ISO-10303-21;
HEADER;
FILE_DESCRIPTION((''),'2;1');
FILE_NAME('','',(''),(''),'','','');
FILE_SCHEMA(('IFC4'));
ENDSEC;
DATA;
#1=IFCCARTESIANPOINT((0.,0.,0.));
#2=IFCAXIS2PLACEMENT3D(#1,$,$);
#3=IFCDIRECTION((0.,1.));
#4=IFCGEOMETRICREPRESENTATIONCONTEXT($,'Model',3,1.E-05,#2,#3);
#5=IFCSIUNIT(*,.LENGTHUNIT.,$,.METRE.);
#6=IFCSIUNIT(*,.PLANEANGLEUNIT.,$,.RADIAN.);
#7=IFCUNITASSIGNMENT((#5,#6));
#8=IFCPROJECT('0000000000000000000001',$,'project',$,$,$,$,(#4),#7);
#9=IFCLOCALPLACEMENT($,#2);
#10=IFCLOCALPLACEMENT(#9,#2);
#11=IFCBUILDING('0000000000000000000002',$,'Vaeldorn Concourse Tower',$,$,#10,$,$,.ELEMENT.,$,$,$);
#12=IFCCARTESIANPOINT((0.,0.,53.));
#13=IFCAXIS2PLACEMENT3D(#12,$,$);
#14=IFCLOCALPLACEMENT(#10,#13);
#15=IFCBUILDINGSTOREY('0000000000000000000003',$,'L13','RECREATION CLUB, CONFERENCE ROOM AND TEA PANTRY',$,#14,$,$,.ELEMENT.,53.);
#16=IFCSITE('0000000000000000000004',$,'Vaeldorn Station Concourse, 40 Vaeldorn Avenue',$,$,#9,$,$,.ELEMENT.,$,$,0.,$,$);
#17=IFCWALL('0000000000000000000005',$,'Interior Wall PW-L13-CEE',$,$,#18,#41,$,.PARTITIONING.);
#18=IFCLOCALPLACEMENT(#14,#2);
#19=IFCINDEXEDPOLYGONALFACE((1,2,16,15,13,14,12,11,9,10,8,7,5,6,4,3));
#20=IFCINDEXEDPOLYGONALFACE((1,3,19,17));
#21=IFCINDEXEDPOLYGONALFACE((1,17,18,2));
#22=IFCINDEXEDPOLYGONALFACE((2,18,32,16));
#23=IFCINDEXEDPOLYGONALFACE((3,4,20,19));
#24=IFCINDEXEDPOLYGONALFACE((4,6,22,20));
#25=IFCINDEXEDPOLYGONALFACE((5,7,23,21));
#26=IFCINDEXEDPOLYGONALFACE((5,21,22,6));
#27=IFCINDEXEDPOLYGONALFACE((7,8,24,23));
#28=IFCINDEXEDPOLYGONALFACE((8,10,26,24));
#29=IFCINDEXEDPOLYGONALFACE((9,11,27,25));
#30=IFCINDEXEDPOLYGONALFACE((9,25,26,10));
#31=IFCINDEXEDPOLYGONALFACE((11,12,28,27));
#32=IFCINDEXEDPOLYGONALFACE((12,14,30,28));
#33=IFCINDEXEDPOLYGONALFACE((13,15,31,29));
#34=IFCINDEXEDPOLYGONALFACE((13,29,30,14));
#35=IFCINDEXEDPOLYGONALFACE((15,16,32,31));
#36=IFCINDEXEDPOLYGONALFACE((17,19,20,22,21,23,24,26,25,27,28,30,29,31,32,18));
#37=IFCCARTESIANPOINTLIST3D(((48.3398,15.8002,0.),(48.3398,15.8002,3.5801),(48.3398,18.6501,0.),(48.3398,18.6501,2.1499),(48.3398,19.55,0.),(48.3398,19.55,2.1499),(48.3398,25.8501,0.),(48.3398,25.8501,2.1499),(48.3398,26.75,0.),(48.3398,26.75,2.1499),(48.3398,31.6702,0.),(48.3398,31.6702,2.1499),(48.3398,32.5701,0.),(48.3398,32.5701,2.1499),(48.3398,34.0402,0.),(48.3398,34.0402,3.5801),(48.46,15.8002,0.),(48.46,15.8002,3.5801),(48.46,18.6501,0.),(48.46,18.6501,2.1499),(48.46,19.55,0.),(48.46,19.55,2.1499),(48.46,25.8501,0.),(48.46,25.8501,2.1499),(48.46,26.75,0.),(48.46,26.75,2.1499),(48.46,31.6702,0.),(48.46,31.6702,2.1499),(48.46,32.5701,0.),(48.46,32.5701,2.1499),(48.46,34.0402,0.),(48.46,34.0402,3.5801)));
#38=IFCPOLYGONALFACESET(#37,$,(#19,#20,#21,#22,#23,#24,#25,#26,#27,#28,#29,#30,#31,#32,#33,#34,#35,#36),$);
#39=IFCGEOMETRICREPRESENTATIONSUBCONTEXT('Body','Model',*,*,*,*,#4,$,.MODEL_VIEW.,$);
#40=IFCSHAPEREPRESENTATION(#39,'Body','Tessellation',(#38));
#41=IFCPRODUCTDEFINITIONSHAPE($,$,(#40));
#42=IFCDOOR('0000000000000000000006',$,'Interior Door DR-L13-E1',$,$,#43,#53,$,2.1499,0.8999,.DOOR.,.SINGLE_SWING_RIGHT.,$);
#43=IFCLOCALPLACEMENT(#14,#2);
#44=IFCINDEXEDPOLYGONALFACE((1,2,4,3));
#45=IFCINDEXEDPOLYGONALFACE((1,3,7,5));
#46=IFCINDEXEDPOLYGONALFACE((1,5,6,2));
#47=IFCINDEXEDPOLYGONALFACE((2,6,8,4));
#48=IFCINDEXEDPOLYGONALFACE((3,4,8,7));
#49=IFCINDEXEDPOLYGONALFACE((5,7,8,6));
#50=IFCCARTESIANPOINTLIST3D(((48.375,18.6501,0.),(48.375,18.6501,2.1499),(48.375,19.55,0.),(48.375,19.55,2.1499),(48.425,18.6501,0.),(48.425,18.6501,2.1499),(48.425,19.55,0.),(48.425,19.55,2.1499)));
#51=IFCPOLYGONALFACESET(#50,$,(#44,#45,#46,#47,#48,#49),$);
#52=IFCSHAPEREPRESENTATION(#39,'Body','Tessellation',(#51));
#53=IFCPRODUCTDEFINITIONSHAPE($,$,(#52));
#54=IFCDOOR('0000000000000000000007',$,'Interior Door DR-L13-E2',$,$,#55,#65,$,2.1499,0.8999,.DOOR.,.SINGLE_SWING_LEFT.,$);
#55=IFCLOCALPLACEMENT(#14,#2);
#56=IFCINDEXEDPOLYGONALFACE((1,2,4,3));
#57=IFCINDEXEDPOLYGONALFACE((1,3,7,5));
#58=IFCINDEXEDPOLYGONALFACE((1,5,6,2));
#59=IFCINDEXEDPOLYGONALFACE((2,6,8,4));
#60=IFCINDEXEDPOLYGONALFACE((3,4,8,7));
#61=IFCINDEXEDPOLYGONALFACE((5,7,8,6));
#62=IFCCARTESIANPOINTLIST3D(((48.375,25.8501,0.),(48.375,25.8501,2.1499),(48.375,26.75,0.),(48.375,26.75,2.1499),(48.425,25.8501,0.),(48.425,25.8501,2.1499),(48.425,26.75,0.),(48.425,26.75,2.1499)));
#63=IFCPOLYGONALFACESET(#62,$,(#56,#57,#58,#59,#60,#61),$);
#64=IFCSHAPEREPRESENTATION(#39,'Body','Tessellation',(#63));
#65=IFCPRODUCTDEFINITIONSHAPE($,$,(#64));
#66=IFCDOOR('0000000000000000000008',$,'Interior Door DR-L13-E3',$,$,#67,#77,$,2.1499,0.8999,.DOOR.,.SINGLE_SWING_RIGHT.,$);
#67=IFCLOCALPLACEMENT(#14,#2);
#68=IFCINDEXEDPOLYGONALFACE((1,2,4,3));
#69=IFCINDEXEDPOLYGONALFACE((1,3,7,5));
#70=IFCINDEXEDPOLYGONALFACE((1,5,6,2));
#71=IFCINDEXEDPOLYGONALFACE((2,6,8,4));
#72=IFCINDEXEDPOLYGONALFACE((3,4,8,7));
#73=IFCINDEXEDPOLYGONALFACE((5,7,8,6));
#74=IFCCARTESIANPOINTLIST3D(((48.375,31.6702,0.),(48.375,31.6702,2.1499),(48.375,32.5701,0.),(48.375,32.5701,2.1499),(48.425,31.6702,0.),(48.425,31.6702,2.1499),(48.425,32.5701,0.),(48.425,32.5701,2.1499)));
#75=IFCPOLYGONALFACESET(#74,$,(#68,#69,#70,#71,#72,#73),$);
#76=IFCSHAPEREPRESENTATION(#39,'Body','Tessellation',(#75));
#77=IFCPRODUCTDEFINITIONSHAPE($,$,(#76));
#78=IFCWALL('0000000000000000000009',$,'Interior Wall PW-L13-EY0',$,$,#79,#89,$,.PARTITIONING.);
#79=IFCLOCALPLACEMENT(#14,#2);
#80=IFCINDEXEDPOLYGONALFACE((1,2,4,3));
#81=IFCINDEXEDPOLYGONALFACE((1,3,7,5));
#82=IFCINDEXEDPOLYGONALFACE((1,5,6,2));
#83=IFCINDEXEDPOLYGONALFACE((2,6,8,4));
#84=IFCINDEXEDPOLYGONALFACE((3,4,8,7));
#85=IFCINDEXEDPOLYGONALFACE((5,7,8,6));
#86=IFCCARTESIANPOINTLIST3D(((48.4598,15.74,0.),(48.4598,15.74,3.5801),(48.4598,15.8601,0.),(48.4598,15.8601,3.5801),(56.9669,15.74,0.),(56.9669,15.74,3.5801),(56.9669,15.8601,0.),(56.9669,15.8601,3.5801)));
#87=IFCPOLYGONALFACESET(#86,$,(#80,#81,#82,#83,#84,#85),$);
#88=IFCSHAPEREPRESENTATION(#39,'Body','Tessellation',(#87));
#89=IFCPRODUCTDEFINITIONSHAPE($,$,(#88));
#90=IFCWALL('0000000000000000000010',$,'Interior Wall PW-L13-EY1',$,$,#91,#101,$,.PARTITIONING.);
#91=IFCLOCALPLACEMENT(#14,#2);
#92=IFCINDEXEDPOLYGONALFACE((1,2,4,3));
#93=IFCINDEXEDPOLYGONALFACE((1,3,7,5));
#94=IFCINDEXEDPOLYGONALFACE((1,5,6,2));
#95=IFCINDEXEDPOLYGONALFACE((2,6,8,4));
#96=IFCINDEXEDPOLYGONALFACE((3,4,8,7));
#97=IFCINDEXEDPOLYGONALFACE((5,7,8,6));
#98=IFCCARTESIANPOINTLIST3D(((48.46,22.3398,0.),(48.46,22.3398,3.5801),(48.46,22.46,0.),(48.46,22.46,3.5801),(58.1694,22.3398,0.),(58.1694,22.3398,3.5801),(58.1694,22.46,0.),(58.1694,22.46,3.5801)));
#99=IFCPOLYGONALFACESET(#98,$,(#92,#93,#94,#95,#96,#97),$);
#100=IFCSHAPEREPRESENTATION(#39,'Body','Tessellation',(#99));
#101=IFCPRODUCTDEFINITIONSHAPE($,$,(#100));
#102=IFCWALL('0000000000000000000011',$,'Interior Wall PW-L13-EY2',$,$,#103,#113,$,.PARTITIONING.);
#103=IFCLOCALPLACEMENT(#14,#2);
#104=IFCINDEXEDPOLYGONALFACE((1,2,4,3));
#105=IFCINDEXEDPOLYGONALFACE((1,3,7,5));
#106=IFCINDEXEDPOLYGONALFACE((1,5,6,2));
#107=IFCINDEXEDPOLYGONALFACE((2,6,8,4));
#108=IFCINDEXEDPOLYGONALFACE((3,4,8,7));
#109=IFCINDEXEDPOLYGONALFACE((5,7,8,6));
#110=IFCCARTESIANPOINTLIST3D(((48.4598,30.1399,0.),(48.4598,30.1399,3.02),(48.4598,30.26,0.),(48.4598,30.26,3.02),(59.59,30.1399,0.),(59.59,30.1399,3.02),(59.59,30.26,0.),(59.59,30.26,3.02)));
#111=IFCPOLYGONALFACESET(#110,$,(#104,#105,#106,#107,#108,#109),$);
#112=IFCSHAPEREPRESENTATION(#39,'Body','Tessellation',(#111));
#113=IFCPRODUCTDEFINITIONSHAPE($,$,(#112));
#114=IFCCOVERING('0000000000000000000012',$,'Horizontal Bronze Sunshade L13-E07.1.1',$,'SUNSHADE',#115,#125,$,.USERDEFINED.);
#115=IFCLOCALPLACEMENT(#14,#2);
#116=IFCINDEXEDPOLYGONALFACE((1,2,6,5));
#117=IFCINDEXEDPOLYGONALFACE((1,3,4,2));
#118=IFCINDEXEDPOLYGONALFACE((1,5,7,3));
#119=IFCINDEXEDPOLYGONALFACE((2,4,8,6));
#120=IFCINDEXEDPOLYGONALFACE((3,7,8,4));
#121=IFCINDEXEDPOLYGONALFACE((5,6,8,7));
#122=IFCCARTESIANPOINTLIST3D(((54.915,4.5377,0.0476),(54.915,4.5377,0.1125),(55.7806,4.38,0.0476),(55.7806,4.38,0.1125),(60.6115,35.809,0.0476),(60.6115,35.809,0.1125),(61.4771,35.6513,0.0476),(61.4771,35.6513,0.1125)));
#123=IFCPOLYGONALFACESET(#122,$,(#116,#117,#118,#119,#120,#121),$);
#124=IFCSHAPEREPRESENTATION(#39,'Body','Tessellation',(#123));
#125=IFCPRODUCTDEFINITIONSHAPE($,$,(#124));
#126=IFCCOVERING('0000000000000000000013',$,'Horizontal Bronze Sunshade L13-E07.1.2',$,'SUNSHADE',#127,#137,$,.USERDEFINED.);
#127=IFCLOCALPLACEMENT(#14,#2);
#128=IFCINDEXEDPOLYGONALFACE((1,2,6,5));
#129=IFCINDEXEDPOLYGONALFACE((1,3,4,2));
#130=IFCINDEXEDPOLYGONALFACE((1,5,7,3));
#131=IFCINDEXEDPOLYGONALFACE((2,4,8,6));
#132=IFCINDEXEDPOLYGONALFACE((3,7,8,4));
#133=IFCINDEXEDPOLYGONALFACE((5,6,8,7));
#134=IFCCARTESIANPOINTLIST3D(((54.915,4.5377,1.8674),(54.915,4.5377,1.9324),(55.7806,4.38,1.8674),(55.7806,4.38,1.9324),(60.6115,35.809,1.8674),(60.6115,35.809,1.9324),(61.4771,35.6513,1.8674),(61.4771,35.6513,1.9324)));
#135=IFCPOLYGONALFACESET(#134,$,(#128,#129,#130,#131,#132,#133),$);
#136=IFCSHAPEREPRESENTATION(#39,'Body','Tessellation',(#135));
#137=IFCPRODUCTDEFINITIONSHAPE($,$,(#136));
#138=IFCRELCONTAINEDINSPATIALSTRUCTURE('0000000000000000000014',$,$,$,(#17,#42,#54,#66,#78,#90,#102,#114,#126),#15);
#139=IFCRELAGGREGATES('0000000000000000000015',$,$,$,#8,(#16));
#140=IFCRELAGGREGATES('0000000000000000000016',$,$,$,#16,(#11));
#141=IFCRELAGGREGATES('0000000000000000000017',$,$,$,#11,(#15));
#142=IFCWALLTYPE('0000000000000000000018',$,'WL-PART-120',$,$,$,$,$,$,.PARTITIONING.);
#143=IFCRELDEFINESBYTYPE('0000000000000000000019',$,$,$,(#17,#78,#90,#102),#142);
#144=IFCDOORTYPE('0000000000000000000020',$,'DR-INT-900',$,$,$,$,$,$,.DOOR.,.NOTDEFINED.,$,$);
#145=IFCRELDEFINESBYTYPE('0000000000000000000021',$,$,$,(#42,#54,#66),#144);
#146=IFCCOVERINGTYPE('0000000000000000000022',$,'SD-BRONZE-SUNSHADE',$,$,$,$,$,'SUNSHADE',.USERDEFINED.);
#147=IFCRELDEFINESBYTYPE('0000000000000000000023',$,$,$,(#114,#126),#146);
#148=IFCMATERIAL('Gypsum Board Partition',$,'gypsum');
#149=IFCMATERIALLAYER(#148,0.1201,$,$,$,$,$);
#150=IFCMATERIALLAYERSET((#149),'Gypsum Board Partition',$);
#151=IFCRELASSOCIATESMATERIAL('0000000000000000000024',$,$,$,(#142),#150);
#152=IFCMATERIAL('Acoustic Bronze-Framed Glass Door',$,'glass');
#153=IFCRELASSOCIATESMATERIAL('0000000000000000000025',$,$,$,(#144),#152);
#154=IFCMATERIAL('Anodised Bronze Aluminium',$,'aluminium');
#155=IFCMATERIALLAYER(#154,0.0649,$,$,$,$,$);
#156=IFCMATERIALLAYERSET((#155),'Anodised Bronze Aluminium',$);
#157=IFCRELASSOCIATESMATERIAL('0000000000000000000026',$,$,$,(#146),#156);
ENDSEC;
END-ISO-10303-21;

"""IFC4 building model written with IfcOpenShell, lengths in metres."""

from ifc_helpers import new_model, si_unit, direction, frame, frame_2d, origin, origin_2d, place, context, subcontext, project, spatial, rectangle, extrude, source, transform, mapped, material, layer, layer_set, type_object, element, fill, save


model = new_model("IFC4")

# Units and contexts
model_context = context("Model", 3, precision=1e-05, world=origin(), true_north=direction((0.0, 1.0)))
body_context = subcontext(model_context, "Body", "Model", "MODEL_VIEW")
ifc_project = project(units=[si_unit("LENGTHUNIT", "METRE"), si_unit("PLANEANGLEUNIT", "RADIAN")], contexts=[model_context])

# Site, building, storey
site_placement = place(None, origin())
site = spatial("IfcSite", under=ifc_project, at=site_placement, Name="Vaeldorn Station Concourse, 40 Vaeldorn Avenue", CompositionType="ELEMENT", RefElevation=0.0)
building_placement = place(site_placement, origin())
building = spatial("IfcBuilding", under=site, at=building_placement, Name="Vaeldorn Concourse Tower", CompositionType="ELEMENT")
storey_placement = place(building_placement, frame((0.0, 0.0, 53.0)))
storey = spatial("IfcBuildingStorey", under=building, at=storey_placement, Name="L13", Description="RECREATION CLUB, CONFERENCE ROOM AND TEA PANTRY", CompositionType="ELEMENT", Elevation=53.0)

# Shared definitions
ifc_material_1 = material(Name="Anodised Bronze Aluminium", Category="aluminium")

# Shared definitions
ifc_material_2 = material(Name="Gypsum Board Partition", Category="gypsum")
ifc_layer_1 = layer(ifc_material_2, 0.1201)
ifc_layer_set_1 = layer_set([ifc_layer_1], Name="Gypsum Board Partition")
wall_type = type_object("IfcWallType", Name="WL-PART-120", PredefinedType="PARTITIONING", material=ifc_layer_set_1)

# Shared definitions
ifc_material_3 = material(Name="Acoustic Bronze-Framed Glass Door", Category="glass")
door_type = type_object("IfcDoorType", Name="DR-INT-900", OperationType="NOTDEFINED", PredefinedType="DOOR", material=ifc_material_3)
shared_shape_1 = source(origin(), body_context, "Body", "SweptSolid", [
    extrude(rectangle(XDim=0.8999, YDim=2.1499, at=frame_2d((0.45, 1.075))), frame((0.0, 0.0249, 0.0), z_axis=(0.0, -1.0, 0.0), x_axis=(1.0, 0.0, 0.0)), (0.0, 0.0, 1.0), 0.05),
])

# Wall, openings, doors
wall_1_placement = place(storey_placement, frame((48.3999, 15.8, 0.0), z_axis=(0.0, 0.0, 1.0), x_axis=(0.0, 1.0, 0.0)))
wall_1 = element("IfcWall", 1, at=wall_1_placement, inside=storey, type_object=wall_type, Name="Interior Wall PW-L13-CEE", PredefinedType="PARTITIONING", context=body_context, shape_type="SweptSolid", body=[
    extrude(rectangle(XDim=18.24, YDim=0.1201, at=frame_2d((9.1201, 0.0))), origin(), (0.0, 0.0, 1.0), 3.5801),
])
opening_1_placement = place(wall_1_placement, frame((2.8501, 0.0, 0.0)))
opening_1 = element("IfcOpeningElement", 2, at=opening_1_placement, cuts=wall_1, PredefinedType="OPENING", context=body_context, shape_type="SweptSolid", body=[
    extrude(rectangle(XDim=0.8999, YDim=2.1499, at=frame_2d((0.45, 1.075))), frame((0.0, 0.0701, 0.0), z_axis=(0.0, -1.0, 0.0), x_axis=(1.0, 0.0, 0.0)), (0.0, 0.0, 1.0), 0.1401),
])
opening_2_placement = place(wall_1_placement, frame((10.05, 0.0, 0.0)))
opening_2 = element("IfcOpeningElement", 3, at=opening_2_placement, cuts=wall_1, PredefinedType="OPENING", context=body_context, shape_type="SweptSolid", body=[
    extrude(rectangle(XDim=0.8999, YDim=2.1499, at=frame_2d((0.45, 1.075))), frame((0.0, 0.0701, 0.0), z_axis=(0.0, -1.0, 0.0), x_axis=(1.0, 0.0, 0.0)), (0.0, 0.0, 1.0), 0.1401),
])
opening_3_placement = place(wall_1_placement, frame((15.8701, 0.0, 0.0)))
opening_3 = element("IfcOpeningElement", 4, at=opening_3_placement, cuts=wall_1, PredefinedType="OPENING", context=body_context, shape_type="SweptSolid", body=[
    extrude(rectangle(XDim=0.8999, YDim=2.1499, at=frame_2d((0.45, 1.075))), frame((0.0, 0.0701, 0.0), z_axis=(0.0, -1.0, 0.0), x_axis=(1.0, 0.0, 0.0)), (0.0, 0.0, 1.0), 0.1401),
])
door_1_placement = place(opening_1_placement, origin())
door_1 = element("IfcDoor", 5, at=door_1_placement, inside=storey, type_object=door_type, Name="Interior Door DR-L13-E1", OperationType="SINGLE_SWING_RIGHT", OverallHeight=2.1499, OverallWidth=0.8999, PredefinedType="DOOR", context=body_context, shape_type="MappedRepresentation", body=[
    mapped(shared_shape_1, transform((0.0, 0.0, 0.0), scale=1.0)),
])
fill(opening_1, door_1)
door_2_placement = place(opening_2_placement, origin())
door_2 = element("IfcDoor", 6, at=door_2_placement, inside=storey, type_object=door_type, Name="Interior Door DR-L13-E2", OperationType="SINGLE_SWING_LEFT", OverallHeight=2.1499, OverallWidth=0.8999, PredefinedType="DOOR", context=body_context, shape_type="MappedRepresentation", body=[
    mapped(shared_shape_1, transform((0.0, 0.0, 0.0), scale=1.0)),
])
fill(opening_2, door_2)
door_3_placement = place(opening_3_placement, origin())
door_3 = element("IfcDoor", 7, at=door_3_placement, inside=storey, type_object=door_type, Name="Interior Door DR-L13-E3", OperationType="SINGLE_SWING_RIGHT", OverallHeight=2.1499, OverallWidth=0.8999, PredefinedType="DOOR", context=body_context, shape_type="MappedRepresentation", body=[
    mapped(shared_shape_1, transform((0.0, 0.0, 0.0), scale=1.0)),
])
fill(opening_3, door_3)

# Walls
wall_2_placement = place(storey_placement, frame((48.46, 15.8, 0.0), z_axis=(0.0, 0.0, 1.0), x_axis=(1.0, 0.0, 0.0)))
element("IfcWall", 8, at=wall_2_placement, inside=storey, type_object=wall_type, Name="Interior Wall PW-L13-EY0", PredefinedType="PARTITIONING", context=body_context, shape_type="SweptSolid", body=[
    extrude(rectangle(XDim=8.5071, YDim=0.1201, at=frame_2d((4.2534, 0.0))), origin(), (0.0, 0.0, 1.0), 3.5801),
])
wall_3_placement = place(storey_placement, frame((48.46, 22.3999, 0.0), z_axis=(0.0, 0.0, 1.0), x_axis=(1.0, 0.0, 0.0)))
element("IfcWall", 9, at=wall_3_placement, inside=storey, type_object=wall_type, Name="Interior Wall PW-L13-EY1", PredefinedType="PARTITIONING", context=body_context, shape_type="SweptSolid", body=[
    extrude(rectangle(XDim=9.7095, YDim=0.1201, at=frame_2d((4.8547, 0.0))), origin(), (0.0, 0.0, 1.0), 3.5801),
])
wall_4_placement = place(storey_placement, frame((48.46, 30.2, 0.0), z_axis=(0.0, 0.0, 1.0), x_axis=(1.0, 0.0, 0.0)))
element("IfcWall", 10, at=wall_4_placement, inside=storey, type_object=wall_type, Name="Interior Wall PW-L13-EY2", PredefinedType="PARTITIONING", context=body_context, shape_type="SweptSolid", body=[
    extrude(rectangle(XDim=11.1301, YDim=0.1201, at=frame_2d((5.5649, 0.0))), origin(), (0.0, 0.0, 1.0), 3.02),
])

# Coverings
ifc_layer_2 = layer(ifc_material_1, 0.0649)
ifc_layer_set_2 = layer_set([ifc_layer_2], Name="Anodised Bronze Aluminium")
covering_type = type_object("IfcCoveringType", Name="SD-BRONZE-SUNSHADE", ElementType="SUNSHADE", PredefinedType="USERDEFINED", material=ifc_layer_set_2)
shared_shape_2 = source(origin(), body_context, "Body", "SweptSolid", [
    extrude(rectangle(XDim=31.7859, YDim=0.8799, at=origin_2d()), origin(), (0.0, 0.0, 1.0), 0.0649),
])
for number, where, z_axis, x_axis, name in (
    (11, (58.196, 20.0945, 0.0476), (0.0, 0.0, 1.0), (0.179214, 0.98381, 0.0), "Horizontal Bronze Sunshade L13-E07.1.1"),
    (12, (58.196, 20.0945, 1.8674), (0.0, 0.0, 1.0), (0.179214, 0.98381, 0.0), "Horizontal Bronze Sunshade L13-E07.1.2"),
):
    element("IfcCovering", number, at=place(storey_placement, frame(where, z_axis=z_axis, x_axis=x_axis)), inside=storey, type_object=covering_type, Name=name, ObjectType="SUNSHADE", PredefinedType="USERDEFINED", context=body_context, shape_type="MappedRepresentation", body=[
        mapped(shared_shape_2, transform((0.0, 0.0, 0.0), scale=1.0)),
    ])

save(model, "model.ifc")
